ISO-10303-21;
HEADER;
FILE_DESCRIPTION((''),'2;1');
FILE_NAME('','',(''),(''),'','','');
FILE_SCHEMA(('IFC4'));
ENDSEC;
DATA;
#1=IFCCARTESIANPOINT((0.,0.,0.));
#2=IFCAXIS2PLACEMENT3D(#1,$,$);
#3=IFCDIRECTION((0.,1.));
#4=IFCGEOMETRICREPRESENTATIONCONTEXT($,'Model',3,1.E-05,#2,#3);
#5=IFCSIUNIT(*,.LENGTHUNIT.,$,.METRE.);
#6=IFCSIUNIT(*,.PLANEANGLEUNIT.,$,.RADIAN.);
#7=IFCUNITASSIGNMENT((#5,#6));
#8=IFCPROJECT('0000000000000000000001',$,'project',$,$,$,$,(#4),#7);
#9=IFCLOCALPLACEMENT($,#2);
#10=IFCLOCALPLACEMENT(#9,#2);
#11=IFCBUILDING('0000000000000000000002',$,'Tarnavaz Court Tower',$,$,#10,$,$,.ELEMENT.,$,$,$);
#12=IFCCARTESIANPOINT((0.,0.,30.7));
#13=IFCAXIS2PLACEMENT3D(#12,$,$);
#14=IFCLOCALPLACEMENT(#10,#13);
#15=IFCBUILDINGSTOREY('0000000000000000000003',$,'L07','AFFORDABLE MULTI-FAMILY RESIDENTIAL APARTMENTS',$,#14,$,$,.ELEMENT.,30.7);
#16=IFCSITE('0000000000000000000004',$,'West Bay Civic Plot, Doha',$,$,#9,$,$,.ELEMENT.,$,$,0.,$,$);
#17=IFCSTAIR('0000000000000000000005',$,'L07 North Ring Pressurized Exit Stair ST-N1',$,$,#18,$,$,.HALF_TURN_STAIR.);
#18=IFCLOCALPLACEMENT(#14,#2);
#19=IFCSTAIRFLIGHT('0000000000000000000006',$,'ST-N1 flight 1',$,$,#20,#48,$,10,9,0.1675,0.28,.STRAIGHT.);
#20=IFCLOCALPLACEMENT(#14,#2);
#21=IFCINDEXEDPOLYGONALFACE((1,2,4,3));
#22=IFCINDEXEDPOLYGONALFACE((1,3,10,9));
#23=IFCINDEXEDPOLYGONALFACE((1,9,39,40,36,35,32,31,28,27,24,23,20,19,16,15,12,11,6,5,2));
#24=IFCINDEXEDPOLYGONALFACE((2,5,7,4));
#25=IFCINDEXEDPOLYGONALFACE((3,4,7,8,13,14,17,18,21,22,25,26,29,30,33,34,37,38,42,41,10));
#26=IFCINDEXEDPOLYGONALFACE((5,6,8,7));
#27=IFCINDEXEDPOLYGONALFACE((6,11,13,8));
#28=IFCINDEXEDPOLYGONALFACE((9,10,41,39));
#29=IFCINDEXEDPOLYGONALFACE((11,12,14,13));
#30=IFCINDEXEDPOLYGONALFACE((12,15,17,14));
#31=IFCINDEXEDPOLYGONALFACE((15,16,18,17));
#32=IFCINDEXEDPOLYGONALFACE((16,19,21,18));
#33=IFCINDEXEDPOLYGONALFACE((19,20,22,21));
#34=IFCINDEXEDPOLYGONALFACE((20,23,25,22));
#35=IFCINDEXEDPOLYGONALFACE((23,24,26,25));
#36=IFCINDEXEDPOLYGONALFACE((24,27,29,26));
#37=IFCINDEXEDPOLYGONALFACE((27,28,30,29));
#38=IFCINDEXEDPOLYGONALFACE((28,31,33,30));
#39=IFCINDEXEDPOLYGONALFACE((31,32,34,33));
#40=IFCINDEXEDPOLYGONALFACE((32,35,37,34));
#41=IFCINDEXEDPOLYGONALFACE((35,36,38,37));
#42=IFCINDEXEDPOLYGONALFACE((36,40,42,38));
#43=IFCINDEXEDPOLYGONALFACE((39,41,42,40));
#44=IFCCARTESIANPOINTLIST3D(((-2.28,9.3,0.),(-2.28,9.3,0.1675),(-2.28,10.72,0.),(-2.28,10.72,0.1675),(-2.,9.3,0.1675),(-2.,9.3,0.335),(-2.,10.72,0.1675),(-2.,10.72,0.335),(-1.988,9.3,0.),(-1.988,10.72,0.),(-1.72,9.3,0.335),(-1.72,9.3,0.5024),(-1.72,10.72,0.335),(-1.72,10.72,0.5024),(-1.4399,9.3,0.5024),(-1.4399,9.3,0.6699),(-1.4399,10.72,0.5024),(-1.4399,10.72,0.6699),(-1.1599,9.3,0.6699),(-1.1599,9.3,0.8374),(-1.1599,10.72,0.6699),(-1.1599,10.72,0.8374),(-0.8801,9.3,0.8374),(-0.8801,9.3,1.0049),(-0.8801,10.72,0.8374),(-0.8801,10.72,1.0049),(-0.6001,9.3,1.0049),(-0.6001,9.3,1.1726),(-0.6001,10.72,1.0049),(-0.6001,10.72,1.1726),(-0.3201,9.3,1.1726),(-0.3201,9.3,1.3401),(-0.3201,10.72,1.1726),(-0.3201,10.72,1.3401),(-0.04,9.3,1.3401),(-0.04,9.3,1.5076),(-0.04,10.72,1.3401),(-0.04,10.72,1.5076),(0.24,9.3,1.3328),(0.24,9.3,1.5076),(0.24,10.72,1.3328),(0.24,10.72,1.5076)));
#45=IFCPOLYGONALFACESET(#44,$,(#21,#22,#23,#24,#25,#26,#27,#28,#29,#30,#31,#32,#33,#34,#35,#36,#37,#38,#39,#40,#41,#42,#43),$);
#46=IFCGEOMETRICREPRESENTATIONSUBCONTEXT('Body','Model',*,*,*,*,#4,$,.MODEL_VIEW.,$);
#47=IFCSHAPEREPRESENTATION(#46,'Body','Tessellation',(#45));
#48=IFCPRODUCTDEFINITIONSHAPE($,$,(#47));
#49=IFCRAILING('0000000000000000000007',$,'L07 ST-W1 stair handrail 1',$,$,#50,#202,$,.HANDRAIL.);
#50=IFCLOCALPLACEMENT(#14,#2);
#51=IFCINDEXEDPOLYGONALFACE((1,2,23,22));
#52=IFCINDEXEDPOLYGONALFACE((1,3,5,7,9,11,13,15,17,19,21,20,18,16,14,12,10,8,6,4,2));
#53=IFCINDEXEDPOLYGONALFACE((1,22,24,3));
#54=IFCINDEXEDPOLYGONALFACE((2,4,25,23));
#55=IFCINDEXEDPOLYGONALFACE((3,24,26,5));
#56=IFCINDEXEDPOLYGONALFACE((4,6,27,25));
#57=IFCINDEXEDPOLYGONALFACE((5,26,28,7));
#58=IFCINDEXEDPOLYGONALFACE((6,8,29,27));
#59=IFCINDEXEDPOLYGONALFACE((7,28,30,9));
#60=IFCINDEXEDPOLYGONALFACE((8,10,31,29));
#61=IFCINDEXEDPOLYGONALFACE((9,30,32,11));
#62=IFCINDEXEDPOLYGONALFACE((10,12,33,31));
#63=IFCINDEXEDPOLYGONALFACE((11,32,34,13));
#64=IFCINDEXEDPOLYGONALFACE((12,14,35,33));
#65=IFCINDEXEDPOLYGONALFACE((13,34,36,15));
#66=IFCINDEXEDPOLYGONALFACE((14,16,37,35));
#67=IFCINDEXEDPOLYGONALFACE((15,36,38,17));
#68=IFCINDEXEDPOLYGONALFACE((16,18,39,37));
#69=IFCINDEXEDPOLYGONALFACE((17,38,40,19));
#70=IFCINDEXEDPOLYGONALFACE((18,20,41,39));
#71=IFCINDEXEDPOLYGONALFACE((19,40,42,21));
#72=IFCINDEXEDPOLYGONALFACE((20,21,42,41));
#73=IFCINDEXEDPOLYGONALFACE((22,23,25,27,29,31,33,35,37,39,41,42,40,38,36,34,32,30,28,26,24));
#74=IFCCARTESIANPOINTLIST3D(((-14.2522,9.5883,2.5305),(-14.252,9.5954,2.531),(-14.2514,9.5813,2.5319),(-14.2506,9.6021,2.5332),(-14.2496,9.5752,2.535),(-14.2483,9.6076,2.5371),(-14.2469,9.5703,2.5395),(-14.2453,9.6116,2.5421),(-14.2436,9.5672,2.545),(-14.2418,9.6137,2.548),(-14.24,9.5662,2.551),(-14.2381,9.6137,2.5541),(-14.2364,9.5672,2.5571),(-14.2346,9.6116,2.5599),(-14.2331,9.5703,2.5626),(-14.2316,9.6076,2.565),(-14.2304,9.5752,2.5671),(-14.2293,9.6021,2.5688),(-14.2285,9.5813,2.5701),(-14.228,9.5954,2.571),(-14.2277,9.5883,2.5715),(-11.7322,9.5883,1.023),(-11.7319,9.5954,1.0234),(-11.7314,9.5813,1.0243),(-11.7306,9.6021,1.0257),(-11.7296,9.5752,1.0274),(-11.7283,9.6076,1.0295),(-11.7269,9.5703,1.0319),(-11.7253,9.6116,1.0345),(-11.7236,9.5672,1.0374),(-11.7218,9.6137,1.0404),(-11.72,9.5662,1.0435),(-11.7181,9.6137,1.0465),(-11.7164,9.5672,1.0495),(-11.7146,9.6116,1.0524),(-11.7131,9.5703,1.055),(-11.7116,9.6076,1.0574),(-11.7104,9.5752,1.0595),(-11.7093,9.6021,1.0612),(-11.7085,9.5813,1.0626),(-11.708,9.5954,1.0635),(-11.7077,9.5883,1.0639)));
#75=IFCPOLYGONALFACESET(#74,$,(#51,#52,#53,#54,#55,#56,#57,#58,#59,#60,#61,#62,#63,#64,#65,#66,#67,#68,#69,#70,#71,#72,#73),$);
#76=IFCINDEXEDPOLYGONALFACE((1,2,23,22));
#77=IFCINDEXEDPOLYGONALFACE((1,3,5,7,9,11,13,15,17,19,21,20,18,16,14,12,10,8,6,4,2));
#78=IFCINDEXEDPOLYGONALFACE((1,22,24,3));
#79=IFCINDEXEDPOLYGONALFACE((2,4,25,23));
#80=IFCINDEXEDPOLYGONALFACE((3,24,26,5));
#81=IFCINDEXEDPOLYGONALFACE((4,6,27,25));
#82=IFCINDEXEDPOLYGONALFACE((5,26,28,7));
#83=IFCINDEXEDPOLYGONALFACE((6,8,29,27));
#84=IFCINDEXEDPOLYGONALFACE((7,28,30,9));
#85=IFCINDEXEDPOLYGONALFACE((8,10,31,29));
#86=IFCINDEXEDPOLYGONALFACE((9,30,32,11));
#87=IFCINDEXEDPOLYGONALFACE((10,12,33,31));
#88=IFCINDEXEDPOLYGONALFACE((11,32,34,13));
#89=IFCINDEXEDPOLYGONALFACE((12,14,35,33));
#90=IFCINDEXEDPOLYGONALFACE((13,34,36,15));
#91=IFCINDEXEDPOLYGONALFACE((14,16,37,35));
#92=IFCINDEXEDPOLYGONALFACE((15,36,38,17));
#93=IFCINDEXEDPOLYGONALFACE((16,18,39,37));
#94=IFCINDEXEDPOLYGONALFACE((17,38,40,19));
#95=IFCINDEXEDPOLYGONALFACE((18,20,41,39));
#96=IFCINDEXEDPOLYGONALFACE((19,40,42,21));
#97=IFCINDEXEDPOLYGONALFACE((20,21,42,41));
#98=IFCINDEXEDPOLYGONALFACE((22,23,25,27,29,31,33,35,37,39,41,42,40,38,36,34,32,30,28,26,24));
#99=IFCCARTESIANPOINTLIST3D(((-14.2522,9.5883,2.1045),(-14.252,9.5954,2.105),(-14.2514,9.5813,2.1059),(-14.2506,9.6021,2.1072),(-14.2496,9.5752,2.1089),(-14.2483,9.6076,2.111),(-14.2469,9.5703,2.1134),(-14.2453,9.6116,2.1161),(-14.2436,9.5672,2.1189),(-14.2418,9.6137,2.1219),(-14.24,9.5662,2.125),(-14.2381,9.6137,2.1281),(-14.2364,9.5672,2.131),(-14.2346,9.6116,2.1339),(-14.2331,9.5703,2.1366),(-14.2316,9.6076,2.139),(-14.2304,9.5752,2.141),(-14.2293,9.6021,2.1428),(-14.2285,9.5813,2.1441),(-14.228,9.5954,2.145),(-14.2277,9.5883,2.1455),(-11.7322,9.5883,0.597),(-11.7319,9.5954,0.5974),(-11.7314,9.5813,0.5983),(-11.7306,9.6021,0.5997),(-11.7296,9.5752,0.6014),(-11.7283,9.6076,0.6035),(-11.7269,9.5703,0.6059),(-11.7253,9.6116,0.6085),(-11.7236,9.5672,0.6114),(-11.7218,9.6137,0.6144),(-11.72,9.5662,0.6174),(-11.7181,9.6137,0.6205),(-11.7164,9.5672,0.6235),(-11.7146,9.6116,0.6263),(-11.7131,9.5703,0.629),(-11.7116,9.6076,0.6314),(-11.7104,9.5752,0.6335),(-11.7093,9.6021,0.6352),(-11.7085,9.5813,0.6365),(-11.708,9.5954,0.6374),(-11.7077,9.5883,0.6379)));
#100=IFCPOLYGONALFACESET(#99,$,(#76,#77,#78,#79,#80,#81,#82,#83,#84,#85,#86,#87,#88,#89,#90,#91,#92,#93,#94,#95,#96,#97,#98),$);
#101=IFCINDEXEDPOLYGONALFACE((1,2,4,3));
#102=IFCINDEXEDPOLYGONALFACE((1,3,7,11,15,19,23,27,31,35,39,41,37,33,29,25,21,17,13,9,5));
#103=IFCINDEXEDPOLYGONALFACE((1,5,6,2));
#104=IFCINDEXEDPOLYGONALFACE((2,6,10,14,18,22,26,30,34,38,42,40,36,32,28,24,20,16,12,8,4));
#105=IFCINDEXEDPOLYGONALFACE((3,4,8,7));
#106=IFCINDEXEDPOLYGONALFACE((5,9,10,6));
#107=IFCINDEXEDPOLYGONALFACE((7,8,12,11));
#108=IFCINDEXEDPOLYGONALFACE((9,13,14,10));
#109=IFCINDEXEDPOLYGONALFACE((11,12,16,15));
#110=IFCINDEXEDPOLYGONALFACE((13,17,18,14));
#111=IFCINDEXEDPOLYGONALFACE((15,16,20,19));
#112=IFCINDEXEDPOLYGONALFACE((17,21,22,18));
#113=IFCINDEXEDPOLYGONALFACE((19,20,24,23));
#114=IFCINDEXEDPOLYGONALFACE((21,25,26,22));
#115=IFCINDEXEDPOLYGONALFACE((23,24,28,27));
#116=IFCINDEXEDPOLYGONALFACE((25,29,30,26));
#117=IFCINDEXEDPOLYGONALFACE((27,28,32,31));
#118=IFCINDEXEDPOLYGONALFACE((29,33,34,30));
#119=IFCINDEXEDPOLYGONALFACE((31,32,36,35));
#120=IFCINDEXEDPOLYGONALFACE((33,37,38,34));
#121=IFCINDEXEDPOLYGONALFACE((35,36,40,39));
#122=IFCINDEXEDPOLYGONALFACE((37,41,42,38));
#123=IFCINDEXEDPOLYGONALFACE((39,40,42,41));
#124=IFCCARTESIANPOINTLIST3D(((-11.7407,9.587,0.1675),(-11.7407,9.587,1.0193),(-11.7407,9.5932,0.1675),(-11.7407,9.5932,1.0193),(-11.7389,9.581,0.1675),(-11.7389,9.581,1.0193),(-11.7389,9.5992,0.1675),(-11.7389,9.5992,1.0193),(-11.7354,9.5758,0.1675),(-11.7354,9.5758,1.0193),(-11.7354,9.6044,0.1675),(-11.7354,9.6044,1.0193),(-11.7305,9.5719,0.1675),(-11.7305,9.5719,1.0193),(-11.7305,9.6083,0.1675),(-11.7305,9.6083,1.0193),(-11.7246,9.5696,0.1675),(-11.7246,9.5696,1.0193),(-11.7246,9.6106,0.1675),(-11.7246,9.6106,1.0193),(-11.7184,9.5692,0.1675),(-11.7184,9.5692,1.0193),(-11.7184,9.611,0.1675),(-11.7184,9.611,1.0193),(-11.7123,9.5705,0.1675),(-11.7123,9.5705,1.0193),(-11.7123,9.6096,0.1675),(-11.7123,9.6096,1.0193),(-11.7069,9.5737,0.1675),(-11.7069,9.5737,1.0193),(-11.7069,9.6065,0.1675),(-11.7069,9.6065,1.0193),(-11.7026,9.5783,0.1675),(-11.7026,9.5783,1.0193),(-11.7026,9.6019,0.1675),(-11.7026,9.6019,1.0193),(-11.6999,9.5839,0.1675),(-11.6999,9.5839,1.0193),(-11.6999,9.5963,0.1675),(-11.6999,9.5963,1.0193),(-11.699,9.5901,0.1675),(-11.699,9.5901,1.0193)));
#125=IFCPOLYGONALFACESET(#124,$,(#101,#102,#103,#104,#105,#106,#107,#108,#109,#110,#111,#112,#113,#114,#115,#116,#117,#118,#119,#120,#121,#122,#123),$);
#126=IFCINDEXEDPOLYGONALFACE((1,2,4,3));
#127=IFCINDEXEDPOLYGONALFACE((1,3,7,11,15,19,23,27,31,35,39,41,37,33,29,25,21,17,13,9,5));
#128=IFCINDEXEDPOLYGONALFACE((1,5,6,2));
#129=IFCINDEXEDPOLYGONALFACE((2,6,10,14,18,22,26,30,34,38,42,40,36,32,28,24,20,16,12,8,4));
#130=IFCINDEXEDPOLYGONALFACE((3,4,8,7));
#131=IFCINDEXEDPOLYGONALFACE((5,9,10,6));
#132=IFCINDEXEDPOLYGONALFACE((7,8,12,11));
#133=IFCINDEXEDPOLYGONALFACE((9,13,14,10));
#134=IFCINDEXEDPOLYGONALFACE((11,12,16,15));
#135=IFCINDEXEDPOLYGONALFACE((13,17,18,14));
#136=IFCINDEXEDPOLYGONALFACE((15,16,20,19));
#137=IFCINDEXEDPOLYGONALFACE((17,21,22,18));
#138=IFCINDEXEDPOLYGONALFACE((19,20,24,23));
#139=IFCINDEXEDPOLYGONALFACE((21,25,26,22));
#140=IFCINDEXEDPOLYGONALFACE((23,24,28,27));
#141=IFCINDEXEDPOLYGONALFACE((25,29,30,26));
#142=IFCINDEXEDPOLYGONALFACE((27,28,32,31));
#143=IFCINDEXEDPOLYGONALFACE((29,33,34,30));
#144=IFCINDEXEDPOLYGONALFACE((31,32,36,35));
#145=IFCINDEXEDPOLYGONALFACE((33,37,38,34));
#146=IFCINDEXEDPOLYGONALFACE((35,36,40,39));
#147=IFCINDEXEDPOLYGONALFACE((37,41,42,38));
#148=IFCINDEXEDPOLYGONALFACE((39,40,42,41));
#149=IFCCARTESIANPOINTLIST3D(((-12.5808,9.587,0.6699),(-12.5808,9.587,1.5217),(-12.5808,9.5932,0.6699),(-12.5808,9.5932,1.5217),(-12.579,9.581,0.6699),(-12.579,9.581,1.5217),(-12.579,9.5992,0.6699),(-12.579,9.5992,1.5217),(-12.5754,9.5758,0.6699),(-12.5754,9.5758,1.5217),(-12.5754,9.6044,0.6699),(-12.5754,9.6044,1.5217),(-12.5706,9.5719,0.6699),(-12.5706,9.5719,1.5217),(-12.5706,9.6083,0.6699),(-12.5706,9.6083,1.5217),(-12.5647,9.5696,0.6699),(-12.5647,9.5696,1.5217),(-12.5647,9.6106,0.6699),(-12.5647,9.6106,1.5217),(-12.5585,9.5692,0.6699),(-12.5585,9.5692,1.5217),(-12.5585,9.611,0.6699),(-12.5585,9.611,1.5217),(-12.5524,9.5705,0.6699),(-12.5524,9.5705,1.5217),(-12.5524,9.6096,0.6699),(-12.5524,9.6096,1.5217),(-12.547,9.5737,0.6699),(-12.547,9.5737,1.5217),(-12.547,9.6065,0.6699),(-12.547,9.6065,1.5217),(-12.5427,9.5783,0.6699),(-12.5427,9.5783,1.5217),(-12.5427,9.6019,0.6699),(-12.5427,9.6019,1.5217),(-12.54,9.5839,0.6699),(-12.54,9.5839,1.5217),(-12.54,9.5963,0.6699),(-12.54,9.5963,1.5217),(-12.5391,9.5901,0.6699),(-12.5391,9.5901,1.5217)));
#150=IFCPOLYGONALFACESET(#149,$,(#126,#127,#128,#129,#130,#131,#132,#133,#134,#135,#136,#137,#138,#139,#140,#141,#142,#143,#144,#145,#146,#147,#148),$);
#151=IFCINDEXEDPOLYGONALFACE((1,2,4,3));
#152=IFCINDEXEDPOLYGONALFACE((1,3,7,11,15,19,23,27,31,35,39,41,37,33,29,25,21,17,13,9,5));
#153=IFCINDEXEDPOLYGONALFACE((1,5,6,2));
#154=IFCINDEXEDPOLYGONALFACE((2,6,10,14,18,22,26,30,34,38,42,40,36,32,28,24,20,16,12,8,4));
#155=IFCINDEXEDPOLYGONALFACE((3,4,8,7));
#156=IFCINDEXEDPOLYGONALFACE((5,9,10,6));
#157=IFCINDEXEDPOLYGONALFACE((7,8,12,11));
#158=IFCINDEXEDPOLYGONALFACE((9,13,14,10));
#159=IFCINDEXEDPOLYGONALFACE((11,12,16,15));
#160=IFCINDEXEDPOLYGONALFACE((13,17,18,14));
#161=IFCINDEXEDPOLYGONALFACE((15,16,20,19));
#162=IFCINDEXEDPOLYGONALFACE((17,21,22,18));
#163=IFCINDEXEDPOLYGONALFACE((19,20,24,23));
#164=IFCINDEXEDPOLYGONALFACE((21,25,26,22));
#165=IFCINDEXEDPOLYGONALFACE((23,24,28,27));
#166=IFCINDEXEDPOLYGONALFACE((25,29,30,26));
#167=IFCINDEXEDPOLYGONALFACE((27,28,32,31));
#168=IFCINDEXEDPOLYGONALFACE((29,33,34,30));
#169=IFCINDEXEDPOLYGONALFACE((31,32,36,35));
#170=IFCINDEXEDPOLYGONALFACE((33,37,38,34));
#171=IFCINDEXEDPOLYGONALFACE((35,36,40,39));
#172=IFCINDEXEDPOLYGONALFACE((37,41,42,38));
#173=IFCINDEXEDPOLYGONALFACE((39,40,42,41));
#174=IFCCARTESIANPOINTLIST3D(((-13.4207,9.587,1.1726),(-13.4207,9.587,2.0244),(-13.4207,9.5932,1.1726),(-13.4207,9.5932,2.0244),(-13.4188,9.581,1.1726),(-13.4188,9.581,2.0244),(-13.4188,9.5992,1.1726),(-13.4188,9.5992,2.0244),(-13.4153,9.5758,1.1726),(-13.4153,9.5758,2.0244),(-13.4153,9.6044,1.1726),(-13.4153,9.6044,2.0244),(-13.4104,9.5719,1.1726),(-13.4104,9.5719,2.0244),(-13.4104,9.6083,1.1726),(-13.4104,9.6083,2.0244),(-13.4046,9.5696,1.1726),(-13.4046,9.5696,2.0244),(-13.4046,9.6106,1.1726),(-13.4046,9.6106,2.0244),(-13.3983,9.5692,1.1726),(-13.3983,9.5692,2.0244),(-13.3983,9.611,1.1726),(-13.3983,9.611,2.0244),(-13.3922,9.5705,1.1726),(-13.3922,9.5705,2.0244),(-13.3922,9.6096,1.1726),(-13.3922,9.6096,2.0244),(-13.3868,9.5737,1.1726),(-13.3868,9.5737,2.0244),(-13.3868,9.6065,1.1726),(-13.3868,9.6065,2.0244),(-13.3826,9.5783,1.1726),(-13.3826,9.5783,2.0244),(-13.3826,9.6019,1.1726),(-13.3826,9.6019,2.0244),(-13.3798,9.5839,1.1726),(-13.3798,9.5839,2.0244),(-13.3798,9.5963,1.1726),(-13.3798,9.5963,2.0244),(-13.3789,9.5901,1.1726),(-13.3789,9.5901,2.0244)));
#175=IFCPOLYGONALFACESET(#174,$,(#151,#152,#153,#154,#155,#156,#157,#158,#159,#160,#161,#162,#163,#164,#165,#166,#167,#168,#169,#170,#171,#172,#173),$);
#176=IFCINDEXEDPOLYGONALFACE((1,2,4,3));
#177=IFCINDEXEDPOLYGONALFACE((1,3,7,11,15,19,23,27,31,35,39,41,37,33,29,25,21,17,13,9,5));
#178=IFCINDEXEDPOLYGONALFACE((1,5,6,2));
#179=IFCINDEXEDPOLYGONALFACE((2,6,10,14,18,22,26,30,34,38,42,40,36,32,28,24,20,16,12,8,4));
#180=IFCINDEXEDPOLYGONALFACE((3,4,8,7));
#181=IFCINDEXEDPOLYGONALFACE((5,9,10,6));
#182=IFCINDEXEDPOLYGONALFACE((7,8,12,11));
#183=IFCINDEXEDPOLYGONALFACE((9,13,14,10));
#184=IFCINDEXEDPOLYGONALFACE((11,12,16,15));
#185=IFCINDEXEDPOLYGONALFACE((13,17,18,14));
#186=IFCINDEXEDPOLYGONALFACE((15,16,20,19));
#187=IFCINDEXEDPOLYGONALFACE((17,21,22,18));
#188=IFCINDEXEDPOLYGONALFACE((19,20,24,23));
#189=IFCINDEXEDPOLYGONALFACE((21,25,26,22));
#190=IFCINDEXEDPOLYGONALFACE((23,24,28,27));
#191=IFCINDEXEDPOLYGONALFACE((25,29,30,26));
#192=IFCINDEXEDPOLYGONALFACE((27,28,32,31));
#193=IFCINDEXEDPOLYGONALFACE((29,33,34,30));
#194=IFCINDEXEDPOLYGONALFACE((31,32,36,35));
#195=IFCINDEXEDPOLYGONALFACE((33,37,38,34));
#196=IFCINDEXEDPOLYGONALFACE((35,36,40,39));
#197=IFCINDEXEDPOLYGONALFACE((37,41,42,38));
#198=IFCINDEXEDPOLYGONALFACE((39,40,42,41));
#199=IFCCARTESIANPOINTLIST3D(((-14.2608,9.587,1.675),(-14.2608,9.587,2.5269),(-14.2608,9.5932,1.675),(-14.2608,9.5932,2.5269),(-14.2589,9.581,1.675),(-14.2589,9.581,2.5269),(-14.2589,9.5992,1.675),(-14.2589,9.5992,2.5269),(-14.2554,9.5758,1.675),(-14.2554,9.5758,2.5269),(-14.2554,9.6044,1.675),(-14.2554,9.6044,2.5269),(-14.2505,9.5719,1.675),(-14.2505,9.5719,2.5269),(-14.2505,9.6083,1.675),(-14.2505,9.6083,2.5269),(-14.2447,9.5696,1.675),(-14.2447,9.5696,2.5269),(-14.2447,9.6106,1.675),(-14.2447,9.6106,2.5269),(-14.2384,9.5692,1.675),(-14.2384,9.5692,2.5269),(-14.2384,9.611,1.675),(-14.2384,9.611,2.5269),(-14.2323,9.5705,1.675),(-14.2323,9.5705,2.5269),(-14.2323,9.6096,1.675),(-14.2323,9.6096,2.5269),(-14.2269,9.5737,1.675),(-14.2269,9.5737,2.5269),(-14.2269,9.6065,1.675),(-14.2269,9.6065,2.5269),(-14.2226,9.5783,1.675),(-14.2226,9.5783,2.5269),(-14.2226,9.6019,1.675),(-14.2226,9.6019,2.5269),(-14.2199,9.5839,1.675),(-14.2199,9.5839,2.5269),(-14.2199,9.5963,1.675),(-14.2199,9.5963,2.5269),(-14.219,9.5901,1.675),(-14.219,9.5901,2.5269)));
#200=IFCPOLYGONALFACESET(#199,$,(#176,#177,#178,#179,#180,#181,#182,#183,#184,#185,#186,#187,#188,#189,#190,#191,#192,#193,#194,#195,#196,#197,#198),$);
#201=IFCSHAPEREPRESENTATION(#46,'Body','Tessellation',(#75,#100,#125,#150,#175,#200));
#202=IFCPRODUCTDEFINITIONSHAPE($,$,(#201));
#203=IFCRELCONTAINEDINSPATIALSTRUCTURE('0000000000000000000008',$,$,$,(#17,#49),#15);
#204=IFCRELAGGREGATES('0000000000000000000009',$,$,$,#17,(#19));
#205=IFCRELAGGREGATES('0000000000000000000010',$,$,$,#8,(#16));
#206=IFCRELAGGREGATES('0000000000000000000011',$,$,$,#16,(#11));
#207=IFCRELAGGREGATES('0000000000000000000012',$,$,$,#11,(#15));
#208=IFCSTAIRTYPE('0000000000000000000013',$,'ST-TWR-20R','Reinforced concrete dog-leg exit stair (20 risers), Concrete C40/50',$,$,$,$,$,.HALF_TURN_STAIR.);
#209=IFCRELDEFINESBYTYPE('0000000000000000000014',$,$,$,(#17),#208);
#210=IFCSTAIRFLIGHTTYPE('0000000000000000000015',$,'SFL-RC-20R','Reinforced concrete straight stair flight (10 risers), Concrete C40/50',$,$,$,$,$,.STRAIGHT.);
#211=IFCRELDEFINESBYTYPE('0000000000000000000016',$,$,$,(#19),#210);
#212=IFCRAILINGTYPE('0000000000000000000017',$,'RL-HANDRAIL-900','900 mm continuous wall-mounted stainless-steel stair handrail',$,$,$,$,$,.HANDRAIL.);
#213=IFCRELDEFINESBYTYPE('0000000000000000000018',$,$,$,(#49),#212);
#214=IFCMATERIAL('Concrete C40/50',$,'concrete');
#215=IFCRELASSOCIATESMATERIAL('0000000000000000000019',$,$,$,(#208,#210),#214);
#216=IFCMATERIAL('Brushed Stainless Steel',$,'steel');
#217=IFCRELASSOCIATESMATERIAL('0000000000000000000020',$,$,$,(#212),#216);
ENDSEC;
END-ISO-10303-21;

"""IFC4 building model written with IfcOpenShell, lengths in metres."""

from ifc_helpers import new_model, si_unit, direction, frame, origin, origin_2d, place, context, subcontext, project, spatial, polyline, circle, outline, extrude, material, type_object, element, aggregate, save


model = new_model("IFC4")

# Units and contexts
model_context = context("Model", 3, precision=1e-05, world=origin(), true_north=direction((0.0, 1.0)))
body_context = subcontext(model_context, "Body", "Model", "MODEL_VIEW")
ifc_project = project(units=[si_unit("LENGTHUNIT", "METRE"), si_unit("PLANEANGLEUNIT", "RADIAN")], contexts=[model_context])

# Site, building, storey
site_placement = place(None, origin())
site = spatial("IfcSite", under=ifc_project, at=site_placement, Name="West Bay Civic Plot, Doha", CompositionType="ELEMENT", RefElevation=0.0)
building_placement = place(site_placement, origin())
building = spatial("IfcBuilding", under=site, at=building_placement, Name="Tarnavaz Court Tower", CompositionType="ELEMENT")
storey_placement = place(building_placement, frame((0.0, 0.0, 30.7)))
storey = spatial("IfcBuildingStorey", under=building, at=storey_placement, Name="L07", Description="AFFORDABLE MULTI-FAMILY RESIDENTIAL APARTMENTS", CompositionType="ELEMENT", Elevation=30.7)

# Stair, stair flight
ifc_material_1 = material(Name="Concrete C40/50", Category="concrete")
stair_type = type_object("IfcStairType", Name="ST-TWR-20R", Description="Reinforced concrete dog-leg exit stair (20 risers), Concrete C40/50", PredefinedType="HALF_TURN_STAIR", material=ifc_material_1)
stair_flight_type = type_object("IfcStairFlightType", Name="SFL-RC-20R", Description="Reinforced concrete straight stair flight (10 risers), Concrete C40/50", PredefinedType="STRAIGHT", material=ifc_material_1)
stair_1_placement = place(storey_placement, origin())
stair_1 = element("IfcStair", 1, at=stair_1_placement, inside=storey, type_object=stair_type, Name="L07 North Ring Pressurized Exit Stair ST-N1", PredefinedType="HALF_TURN_STAIR")
stair_flight_1_placement = place(storey_placement, frame((-2.28, 10.01, 0.0), z_axis=(0.0, 0.0, 1.0), x_axis=(1.0, 0.0, 0.0)))
stair_flight_1 = element("IfcStairFlight", 2, at=stair_flight_1_placement, type_object=stair_flight_type, Name="ST-N1 flight 1", NumberOfRisers=10, NumberOfTreads=9, PredefinedType="STRAIGHT", RiserHeight=0.1675, TreadLength=0.28, context=body_context, shape_type="SweptSolid", body=[
    extrude(outline(polyline([(0.0, 0.0), (0.0, 0.1675), (0.28, 0.1675), (0.28, 0.335), (0.5601, 0.335), (0.5601, 0.5024), (0.8401, 0.5024), (0.8401, 0.6699), (1.1201, 0.6699), (1.1201, 0.8374), (1.3999, 0.8374), (1.3999, 1.0049), (1.6799, 1.0049), (1.6799, 1.1726), (1.96, 1.1726), (1.96, 1.3401), (2.24, 1.3401), (2.24, 1.5076), (2.52, 1.5076), (2.52, 1.675), (2.52, 1.3328), (0.292, 0.0), (0.0, 0.0)])), frame((0.0, 0.71, 0.0), z_axis=(0.0, -1.0, 0.0), x_axis=(1.0, 0.0, 0.0)), (0.0, 0.0, 1.0), 1.4199),
])
aggregate(stair_1, [stair_flight_1])

# Railing
ifc_material_2 = material(Name="Brushed Stainless Steel", Category="steel")
railing_type_1 = type_object("IfcRailingType", Name="RL-HANDRAIL-900", Description="900 mm continuous wall-mounted stainless-steel stair handrail", PredefinedType="HANDRAIL", material=ifc_material_2)
railing_1_placement = place(storey_placement, frame((-11.72, 9.5901, 0.1675)))
element("IfcRailing", 3, at=railing_1_placement, inside=storey, type_object=railing_type_1, Name="L07 ST-W1 stair handrail 1", PredefinedType="HANDRAIL", context=body_context, shape_type="SweptSolid", body=[
    extrude(circle(Radius=0.0239, at=origin_2d()), frame((0.0, 0.0, 0.876), z_axis=(-0.85816, 0.0, 0.513383), x_axis=(0.0, -1.0, 0.0)), (0.0, 0.0, 1.0), 2.9365),
    extrude(circle(Radius=0.0239, at=origin_2d()), frame((0.0, 0.0, 0.45), z_axis=(-0.85816, 0.0, 0.513383), x_axis=(0.0, -1.0, 0.0)), (0.0, 0.0, 1.0), 2.9365),
    extrude(circle(Radius=0.021, at=origin_2d()), origin(), (0.0, 0.0, 1.0), 0.8518),
    extrude(circle(Radius=0.021, at=origin_2d()), frame((-0.8401, 0.0, 0.5024)), (0.0, 0.0, 1.0), 0.8518),
    extrude(circle(Radius=0.021, at=origin_2d()), frame((-1.6799, 0.0, 1.0051)), (0.0, 0.0, 1.0), 0.8518),
    extrude(circle(Radius=0.021, at=origin_2d()), frame((-2.52, 0.0, 1.5076)), (0.0, 0.0, 1.0), 0.8518),
])

save(model, "model.ifc")
